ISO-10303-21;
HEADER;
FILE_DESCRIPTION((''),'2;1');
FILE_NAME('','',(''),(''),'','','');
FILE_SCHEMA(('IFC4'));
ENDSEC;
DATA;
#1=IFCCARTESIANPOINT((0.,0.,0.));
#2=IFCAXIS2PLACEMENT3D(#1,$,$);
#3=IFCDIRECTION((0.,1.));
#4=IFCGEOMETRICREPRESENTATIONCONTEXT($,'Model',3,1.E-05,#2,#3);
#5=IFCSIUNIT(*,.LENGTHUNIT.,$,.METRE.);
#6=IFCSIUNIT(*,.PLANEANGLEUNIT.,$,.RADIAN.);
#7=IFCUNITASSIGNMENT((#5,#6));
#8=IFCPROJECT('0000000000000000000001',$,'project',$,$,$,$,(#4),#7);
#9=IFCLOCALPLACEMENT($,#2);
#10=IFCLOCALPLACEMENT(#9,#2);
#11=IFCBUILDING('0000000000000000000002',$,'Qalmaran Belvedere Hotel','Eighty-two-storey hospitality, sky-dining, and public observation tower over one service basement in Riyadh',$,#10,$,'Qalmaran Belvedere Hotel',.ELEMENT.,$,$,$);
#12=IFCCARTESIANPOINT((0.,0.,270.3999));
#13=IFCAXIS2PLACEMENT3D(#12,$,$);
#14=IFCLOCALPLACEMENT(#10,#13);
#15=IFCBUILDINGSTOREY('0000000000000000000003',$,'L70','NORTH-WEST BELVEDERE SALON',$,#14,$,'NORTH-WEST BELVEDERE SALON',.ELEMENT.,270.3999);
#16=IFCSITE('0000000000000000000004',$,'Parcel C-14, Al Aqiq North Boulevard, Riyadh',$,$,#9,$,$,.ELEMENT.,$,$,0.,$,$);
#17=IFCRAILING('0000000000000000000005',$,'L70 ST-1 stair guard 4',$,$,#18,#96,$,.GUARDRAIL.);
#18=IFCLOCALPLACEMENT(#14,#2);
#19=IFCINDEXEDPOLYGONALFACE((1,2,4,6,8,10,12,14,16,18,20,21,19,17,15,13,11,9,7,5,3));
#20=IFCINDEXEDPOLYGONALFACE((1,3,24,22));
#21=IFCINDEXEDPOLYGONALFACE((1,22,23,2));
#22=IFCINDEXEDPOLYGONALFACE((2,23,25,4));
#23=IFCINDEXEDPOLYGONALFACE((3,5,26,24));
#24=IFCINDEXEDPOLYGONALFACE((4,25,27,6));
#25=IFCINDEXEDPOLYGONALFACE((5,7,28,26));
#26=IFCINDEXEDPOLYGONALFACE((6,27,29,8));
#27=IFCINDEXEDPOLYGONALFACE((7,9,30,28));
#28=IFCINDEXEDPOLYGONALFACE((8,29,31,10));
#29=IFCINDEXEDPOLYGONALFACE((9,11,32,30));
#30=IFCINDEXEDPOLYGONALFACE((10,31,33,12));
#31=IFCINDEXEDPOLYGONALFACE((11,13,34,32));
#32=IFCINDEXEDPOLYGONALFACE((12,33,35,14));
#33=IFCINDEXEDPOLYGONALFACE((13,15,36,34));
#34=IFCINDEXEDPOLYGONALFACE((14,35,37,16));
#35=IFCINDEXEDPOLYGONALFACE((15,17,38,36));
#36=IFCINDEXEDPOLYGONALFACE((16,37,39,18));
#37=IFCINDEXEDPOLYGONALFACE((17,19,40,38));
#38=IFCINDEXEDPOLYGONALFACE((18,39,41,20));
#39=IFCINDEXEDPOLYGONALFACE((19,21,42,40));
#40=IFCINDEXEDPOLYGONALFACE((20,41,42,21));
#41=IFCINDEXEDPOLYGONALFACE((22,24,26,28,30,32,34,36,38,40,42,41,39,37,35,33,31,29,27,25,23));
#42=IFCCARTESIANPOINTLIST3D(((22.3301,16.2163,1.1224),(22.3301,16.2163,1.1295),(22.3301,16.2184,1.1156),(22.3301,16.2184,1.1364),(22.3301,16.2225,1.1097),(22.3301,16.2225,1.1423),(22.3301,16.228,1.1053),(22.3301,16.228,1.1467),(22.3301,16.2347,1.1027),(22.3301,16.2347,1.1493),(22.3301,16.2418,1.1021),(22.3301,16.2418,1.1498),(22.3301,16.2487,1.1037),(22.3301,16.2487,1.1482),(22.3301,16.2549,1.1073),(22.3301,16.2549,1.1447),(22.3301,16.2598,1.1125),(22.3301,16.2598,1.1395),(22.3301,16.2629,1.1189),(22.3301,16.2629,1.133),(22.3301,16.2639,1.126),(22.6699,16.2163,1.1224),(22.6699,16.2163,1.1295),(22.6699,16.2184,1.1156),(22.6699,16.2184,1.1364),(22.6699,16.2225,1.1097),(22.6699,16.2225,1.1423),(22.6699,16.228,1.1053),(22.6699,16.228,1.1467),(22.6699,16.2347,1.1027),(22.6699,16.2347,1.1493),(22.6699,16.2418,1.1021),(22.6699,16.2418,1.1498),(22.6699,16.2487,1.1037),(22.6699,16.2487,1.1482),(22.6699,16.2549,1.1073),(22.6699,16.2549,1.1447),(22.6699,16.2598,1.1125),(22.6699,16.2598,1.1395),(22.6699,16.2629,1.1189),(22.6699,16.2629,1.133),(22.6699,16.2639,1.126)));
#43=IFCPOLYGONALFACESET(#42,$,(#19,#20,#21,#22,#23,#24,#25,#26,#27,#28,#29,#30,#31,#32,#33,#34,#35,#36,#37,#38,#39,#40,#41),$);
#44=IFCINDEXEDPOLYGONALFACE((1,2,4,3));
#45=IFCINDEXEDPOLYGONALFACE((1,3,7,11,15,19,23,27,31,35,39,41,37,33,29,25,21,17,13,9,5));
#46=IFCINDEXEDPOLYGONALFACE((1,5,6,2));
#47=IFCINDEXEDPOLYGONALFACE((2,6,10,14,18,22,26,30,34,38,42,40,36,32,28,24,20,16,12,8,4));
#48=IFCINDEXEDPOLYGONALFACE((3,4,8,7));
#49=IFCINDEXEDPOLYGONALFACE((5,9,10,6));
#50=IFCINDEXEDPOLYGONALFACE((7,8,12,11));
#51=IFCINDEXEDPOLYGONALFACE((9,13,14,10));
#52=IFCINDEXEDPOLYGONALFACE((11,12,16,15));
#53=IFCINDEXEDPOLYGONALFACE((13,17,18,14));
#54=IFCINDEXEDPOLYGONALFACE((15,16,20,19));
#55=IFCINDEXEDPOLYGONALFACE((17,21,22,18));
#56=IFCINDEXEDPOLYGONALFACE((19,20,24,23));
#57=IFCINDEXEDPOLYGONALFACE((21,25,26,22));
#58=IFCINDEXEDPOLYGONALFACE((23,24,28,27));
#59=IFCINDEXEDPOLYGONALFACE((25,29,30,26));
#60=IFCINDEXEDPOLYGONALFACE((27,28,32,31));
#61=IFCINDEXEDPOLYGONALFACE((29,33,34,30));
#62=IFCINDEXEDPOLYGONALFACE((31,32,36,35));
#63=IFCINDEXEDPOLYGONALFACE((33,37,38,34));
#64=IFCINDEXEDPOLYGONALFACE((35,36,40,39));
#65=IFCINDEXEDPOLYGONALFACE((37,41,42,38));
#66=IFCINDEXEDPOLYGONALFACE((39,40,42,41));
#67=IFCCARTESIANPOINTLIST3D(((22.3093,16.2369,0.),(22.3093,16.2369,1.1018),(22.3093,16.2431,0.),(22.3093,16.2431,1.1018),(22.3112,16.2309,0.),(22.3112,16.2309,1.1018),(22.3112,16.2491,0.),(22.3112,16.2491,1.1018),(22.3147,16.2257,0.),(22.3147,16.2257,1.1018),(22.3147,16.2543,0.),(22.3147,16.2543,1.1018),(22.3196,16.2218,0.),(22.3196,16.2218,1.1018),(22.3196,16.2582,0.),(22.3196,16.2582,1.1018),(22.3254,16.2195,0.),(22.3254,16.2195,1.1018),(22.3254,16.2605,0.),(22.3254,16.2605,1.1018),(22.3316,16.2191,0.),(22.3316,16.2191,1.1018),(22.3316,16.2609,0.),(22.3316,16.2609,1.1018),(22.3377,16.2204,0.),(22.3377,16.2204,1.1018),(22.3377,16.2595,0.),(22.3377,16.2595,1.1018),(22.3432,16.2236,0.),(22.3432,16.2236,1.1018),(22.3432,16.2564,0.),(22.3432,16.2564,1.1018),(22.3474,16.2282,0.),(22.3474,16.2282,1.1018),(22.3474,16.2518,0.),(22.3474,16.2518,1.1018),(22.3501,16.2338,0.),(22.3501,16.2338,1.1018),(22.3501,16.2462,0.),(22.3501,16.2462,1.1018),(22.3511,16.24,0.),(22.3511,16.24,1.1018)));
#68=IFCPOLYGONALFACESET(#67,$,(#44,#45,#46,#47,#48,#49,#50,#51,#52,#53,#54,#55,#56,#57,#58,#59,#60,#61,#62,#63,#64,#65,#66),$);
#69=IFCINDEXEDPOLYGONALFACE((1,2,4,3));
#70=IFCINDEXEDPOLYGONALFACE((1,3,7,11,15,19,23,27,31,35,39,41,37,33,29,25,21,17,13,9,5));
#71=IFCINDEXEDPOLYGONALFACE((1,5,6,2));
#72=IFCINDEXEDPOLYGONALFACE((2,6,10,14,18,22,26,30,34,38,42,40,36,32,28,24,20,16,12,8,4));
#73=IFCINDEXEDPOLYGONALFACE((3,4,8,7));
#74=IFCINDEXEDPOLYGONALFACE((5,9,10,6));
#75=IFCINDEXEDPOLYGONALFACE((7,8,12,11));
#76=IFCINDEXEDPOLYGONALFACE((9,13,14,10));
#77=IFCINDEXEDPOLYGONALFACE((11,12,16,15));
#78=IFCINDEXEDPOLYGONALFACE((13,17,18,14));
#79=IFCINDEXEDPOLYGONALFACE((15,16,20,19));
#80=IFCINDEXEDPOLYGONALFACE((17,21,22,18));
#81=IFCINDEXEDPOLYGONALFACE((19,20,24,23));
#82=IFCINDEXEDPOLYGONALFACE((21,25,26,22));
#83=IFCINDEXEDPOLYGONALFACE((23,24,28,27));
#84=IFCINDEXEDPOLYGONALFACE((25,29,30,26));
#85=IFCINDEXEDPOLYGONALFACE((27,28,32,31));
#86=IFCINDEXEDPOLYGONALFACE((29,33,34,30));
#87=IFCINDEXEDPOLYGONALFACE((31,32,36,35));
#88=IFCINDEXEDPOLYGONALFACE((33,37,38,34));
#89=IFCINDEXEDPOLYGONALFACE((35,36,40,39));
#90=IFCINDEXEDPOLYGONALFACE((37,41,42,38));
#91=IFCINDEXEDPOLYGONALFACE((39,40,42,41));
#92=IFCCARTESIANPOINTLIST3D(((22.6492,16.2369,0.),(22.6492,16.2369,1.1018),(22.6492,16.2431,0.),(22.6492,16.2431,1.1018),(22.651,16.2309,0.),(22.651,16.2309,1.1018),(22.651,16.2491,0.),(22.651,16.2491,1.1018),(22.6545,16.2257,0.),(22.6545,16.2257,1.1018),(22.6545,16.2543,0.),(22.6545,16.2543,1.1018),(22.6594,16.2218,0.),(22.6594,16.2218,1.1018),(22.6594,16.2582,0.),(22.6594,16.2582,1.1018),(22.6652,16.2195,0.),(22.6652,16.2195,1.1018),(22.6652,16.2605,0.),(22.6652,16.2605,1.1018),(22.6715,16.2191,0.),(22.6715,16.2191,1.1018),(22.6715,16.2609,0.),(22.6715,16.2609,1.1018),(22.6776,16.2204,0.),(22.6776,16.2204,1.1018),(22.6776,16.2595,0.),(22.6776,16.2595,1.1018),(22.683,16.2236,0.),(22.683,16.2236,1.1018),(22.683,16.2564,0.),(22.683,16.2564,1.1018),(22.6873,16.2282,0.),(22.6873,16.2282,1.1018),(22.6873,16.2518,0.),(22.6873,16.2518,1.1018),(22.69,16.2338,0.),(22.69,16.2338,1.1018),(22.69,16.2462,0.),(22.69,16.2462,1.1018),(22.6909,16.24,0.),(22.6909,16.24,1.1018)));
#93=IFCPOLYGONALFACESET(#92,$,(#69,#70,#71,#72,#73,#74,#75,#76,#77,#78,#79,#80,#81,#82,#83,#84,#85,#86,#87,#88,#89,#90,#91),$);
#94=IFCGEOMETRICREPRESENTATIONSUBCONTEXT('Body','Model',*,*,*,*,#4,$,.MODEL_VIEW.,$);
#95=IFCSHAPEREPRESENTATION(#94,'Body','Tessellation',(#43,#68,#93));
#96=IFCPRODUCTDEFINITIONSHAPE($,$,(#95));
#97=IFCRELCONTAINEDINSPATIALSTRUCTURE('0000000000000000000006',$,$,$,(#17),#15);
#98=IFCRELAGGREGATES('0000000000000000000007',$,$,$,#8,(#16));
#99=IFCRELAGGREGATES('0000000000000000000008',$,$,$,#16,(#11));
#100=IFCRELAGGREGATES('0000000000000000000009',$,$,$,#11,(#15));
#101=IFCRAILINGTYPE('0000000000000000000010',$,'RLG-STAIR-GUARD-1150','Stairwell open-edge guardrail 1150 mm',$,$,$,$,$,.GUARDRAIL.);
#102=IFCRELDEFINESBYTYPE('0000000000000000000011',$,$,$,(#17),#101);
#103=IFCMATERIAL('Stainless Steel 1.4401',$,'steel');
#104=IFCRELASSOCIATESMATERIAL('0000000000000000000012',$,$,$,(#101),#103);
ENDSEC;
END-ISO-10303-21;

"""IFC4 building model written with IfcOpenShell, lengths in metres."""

from ifc_helpers import new_model, si_unit, direction, frame, origin, origin_2d, place, context, subcontext, project, spatial, circle, extrude, material, type_object, element, save


model = new_model("IFC4")

# Units and contexts
model_context = context("Model", 3, precision=1e-05, world=origin(), true_north=direction((0.0, 1.0)))
body_context = subcontext(model_context, "Body", "Model", "MODEL_VIEW")
ifc_project = project(units=[si_unit("LENGTHUNIT", "METRE"), si_unit("PLANEANGLEUNIT", "RADIAN")], contexts=[model_context])

# Site, building, storey
site_placement = place(None, origin())
site = spatial("IfcSite", under=ifc_project, at=site_placement, Name="Parcel C-14, Al Aqiq North Boulevard, Riyadh", CompositionType="ELEMENT", RefElevation=0.0)
building_placement = place(site_placement, origin())
building = spatial("IfcBuilding", under=site, at=building_placement, Name="Qalmaran Belvedere Hotel", Description="Eighty-two-storey hospitality, sky-dining, and public observation tower over one service basement in Riyadh", LongName="Qalmaran Belvedere Hotel", CompositionType="ELEMENT")
storey_placement = place(building_placement, frame((0.0, 0.0, 270.3999)))
storey = spatial("IfcBuildingStorey", under=building, at=storey_placement, Name="L70", Description="NORTH-WEST BELVEDERE SALON", LongName="NORTH-WEST BELVEDERE SALON", CompositionType="ELEMENT", Elevation=270.3999)

# Railing
ifc_material_1 = material(Name="Stainless Steel 1.4401", Category="steel")
railing_type_1 = type_object("IfcRailingType", Name="RLG-STAIR-GUARD-1150", Description="Stairwell open-edge guardrail 1150 mm", PredefinedType="GUARDRAIL", material=ifc_material_1)
railing_1_placement = place(storey_placement, frame((22.3301, 16.24, 0.0)))
element("IfcRailing", 1, at=railing_1_placement, inside=storey, type_object=railing_type_1, Name="L70 ST-1 stair guard 4", PredefinedType="GUARDRAIL", context=body_context, shape_type="SweptSolid", body=[
    extrude(circle(Radius=0.0239, at=origin_2d()), frame((0.0, 0.0, 1.126), z_axis=(1.0, 0.0, 0.0), x_axis=(0.0, 1.0, 0.0)), (0.0, 0.0, 1.0), 0.3398),
    extrude(circle(Radius=0.021, at=origin_2d()), origin(), (0.0, 0.0, 1.0), 1.1018),
    extrude(circle(Radius=0.021, at=origin_2d()), frame((0.3398, 0.0, 0.0)), (0.0, 0.0, 1.0), 1.1018),
])

save(model, "model.ifc")
